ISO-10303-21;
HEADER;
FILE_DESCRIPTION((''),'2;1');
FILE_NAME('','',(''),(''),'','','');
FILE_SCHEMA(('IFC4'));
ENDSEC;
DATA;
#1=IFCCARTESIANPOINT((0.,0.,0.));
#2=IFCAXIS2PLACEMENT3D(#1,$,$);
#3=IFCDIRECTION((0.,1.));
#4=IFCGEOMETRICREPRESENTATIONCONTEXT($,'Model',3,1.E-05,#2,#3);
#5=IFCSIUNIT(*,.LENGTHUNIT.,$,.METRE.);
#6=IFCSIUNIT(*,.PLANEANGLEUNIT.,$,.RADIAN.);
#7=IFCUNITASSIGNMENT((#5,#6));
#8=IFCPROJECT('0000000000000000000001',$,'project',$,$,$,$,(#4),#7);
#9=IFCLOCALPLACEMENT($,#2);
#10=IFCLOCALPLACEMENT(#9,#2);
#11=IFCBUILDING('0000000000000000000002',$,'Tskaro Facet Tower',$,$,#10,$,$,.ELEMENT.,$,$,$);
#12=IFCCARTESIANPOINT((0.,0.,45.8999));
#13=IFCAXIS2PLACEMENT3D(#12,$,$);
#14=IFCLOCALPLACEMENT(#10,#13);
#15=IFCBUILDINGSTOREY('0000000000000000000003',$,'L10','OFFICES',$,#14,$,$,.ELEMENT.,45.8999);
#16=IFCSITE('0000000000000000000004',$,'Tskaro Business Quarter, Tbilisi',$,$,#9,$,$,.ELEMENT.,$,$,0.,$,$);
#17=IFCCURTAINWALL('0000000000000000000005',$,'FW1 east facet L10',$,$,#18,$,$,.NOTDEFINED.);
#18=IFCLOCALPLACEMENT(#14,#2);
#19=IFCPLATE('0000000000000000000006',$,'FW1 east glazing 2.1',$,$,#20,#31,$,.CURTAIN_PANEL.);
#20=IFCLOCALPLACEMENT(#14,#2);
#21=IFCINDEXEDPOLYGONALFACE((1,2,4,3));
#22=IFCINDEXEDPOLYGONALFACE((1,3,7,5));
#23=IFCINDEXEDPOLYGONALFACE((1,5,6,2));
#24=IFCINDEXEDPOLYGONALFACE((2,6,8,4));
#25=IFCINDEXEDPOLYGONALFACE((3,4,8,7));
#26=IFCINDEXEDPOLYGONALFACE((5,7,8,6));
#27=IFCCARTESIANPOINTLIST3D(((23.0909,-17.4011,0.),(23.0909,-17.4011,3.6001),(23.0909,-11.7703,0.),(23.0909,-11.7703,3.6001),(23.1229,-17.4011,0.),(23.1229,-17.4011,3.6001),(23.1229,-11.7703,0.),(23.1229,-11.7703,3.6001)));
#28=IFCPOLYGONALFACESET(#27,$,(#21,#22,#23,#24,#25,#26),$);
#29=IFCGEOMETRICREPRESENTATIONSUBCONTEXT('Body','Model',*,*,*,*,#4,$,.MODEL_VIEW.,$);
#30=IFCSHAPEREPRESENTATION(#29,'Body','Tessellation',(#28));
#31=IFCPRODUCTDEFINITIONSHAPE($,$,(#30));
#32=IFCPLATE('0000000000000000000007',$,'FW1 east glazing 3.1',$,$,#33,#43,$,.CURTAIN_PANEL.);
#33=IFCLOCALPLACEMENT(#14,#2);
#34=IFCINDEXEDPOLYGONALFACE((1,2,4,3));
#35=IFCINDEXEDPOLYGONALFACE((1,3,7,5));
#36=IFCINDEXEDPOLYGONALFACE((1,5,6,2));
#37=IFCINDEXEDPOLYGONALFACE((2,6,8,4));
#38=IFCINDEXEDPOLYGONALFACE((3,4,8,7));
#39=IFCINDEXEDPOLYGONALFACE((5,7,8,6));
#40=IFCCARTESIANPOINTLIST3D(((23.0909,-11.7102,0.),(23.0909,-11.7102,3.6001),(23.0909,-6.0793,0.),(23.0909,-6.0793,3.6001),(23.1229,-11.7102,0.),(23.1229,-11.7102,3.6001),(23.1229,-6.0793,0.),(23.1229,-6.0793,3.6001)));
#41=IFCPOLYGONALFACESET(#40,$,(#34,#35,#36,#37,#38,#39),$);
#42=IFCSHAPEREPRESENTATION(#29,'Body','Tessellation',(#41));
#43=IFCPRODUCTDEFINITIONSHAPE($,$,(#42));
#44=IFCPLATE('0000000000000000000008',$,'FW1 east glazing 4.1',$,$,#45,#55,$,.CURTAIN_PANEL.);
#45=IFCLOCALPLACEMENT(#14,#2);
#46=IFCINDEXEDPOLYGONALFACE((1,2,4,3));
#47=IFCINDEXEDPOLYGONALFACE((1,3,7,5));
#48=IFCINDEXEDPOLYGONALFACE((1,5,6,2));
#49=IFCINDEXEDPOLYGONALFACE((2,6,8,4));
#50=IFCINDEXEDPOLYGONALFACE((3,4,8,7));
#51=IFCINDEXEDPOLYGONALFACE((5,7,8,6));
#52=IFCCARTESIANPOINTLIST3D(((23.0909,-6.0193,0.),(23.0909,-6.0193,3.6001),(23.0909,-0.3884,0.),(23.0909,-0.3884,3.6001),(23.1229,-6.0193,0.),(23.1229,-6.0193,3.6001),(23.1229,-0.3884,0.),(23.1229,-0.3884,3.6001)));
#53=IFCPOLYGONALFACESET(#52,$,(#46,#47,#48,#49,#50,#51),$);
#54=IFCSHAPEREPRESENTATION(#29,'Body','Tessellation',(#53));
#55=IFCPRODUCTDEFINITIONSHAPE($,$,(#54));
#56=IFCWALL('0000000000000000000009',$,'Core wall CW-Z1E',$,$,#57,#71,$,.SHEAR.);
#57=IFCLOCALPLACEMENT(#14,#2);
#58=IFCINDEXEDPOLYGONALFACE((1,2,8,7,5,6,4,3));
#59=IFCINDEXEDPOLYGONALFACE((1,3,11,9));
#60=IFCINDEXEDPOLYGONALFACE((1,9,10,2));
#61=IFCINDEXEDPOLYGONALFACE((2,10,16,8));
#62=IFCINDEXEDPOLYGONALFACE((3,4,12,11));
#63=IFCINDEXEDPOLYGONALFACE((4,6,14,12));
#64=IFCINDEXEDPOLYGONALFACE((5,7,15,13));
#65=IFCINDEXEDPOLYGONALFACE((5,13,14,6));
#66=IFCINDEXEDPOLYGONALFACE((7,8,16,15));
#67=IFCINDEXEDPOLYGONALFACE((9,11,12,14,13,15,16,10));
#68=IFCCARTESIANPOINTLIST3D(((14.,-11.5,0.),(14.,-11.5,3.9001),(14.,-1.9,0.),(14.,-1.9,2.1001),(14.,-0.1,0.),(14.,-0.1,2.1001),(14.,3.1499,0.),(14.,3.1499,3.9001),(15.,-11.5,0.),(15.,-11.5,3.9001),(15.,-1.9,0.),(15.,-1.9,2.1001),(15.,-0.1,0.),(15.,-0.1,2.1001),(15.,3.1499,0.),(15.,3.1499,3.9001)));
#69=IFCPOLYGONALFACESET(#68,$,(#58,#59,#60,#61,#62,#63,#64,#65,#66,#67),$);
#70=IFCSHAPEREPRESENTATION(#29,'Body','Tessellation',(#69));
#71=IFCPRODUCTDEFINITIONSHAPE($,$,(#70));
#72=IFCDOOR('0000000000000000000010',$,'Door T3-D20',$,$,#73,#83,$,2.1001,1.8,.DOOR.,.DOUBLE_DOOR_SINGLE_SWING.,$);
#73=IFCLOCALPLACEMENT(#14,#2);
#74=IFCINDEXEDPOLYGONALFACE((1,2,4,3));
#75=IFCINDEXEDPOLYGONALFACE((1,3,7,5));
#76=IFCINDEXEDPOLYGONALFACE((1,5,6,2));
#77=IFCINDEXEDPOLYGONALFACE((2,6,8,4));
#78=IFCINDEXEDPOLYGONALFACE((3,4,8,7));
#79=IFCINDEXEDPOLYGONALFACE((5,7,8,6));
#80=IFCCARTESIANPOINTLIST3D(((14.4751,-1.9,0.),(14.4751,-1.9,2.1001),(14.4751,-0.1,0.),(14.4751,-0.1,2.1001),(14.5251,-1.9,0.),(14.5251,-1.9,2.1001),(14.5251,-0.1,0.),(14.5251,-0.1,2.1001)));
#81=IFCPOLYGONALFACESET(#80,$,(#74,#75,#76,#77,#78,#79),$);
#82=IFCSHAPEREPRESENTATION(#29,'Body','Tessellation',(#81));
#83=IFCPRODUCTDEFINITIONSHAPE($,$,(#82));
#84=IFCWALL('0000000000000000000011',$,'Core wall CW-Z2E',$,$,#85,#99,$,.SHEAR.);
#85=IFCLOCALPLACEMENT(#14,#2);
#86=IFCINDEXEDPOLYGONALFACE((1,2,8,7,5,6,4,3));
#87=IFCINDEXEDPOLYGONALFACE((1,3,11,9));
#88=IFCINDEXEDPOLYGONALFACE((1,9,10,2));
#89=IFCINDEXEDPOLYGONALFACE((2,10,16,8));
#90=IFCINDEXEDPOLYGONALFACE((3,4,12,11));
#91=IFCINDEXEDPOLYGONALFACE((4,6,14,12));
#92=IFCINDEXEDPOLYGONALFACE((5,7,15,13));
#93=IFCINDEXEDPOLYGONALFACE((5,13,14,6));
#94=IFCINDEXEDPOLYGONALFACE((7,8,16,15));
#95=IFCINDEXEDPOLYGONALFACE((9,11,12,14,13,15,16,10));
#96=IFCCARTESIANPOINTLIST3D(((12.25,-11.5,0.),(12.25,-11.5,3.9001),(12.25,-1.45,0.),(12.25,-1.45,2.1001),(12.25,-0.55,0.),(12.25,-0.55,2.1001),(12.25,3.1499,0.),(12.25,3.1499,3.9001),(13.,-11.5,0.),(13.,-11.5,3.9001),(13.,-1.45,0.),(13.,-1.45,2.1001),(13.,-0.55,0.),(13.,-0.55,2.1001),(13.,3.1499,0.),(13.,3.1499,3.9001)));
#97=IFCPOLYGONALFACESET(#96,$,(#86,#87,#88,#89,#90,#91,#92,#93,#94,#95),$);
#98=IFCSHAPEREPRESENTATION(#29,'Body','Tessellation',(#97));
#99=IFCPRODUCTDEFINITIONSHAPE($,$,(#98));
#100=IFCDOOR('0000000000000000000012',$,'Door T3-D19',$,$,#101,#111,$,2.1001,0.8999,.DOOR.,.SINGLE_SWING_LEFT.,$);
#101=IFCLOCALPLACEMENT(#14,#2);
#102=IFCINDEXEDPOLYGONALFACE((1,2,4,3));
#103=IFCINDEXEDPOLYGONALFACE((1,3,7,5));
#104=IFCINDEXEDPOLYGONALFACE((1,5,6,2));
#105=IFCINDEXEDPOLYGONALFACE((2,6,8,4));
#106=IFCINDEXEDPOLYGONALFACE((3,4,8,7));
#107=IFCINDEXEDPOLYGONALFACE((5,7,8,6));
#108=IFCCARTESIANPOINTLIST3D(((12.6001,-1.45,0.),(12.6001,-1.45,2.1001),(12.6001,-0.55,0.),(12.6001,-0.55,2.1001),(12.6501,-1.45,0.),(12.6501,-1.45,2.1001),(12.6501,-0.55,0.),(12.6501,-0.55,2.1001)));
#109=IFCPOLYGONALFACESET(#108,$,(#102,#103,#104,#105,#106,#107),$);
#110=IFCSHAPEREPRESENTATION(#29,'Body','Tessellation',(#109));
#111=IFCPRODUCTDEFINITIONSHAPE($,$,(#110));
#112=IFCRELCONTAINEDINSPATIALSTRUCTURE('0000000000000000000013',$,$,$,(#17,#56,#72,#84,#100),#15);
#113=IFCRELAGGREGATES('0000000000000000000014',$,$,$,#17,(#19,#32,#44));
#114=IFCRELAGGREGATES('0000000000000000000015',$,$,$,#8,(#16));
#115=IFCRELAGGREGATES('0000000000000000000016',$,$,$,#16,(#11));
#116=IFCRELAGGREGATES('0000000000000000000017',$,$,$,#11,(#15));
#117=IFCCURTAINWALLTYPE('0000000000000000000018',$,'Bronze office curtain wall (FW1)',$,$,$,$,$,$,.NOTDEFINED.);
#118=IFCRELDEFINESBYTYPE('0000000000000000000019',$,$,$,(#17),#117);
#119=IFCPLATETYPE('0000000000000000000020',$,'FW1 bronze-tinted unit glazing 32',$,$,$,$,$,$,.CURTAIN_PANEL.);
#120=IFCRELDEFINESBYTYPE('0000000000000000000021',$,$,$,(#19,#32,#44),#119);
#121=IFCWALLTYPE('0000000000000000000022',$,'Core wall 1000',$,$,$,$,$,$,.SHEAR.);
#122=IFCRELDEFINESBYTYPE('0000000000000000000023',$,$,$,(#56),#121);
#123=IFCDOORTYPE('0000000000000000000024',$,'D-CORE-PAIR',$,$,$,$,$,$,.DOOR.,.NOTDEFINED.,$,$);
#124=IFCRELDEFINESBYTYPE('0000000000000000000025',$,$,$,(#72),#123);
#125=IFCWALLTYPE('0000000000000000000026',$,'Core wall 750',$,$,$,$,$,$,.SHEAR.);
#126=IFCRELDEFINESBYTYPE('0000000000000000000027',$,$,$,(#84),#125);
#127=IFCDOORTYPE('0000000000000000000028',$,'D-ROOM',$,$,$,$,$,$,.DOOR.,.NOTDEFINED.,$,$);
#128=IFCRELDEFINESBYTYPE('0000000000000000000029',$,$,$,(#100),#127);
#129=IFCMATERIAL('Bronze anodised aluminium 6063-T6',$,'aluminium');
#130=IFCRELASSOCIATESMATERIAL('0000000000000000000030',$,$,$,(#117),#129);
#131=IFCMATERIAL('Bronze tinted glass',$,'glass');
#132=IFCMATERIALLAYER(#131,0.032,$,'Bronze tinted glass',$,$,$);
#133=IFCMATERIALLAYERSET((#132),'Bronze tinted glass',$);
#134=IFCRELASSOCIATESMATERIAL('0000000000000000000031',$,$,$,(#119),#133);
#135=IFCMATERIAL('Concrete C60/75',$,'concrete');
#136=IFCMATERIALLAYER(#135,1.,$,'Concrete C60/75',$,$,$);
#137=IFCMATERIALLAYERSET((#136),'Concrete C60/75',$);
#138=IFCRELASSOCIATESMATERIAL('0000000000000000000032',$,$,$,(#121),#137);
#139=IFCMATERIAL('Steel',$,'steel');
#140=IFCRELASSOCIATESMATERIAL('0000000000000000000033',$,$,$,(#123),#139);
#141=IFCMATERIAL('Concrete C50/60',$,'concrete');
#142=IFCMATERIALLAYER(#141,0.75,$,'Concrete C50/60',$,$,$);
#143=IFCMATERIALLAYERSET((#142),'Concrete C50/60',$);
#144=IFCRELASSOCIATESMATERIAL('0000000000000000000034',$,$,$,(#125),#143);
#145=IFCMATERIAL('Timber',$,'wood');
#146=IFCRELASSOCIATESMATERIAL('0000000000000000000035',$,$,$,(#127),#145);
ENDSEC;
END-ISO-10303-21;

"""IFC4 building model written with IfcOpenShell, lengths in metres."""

from ifc_helpers import new_model, si_unit, direction, frame, frame_2d, origin, origin_2d, place, context, subcontext, project, spatial, rectangle, extrude, material, layer, layer_set, type_object, element, fill, aggregate, save


model = new_model("IFC4")

# Units and contexts
model_context = context("Model", 3, precision=1e-05, world=origin(), true_north=direction((0.0, 1.0)))
body_context = subcontext(model_context, "Body", "Model", "MODEL_VIEW")
ifc_project = project(units=[si_unit("LENGTHUNIT", "METRE"), si_unit("PLANEANGLEUNIT", "RADIAN")], contexts=[model_context])

# Site, building, storey
site_placement = place(None, origin())
site = spatial("IfcSite", under=ifc_project, at=site_placement, Name="Tskaro Business Quarter, Tbilisi", CompositionType="ELEMENT", RefElevation=0.0)
building_placement = place(site_placement, origin())
building = spatial("IfcBuilding", under=site, at=building_placement, Name="Tskaro Facet Tower", CompositionType="ELEMENT")
storey_placement = place(building_placement, frame((0.0, 0.0, 45.8999)))
storey = spatial("IfcBuildingStorey", under=building, at=storey_placement, Name="L10", Description="OFFICES", CompositionType="ELEMENT", Elevation=45.8999)

# Curtain wall
ifc_material_1 = material(Name="Bronze anodised aluminium 6063-T6", Category="aluminium")
curtain_wall_type = type_object("IfcCurtainWallType", Name="Bronze office curtain wall (FW1)", PredefinedType="NOTDEFINED", material=ifc_material_1)
curtain_wall_placement = place(storey_placement, origin())
curtain_wall = element("IfcCurtainWall", 1, at=curtain_wall_placement, inside=storey, type_object=curtain_wall_type, Name="FW1 east facet L10", PredefinedType="NOTDEFINED")

# Plates
ifc_material_2 = material(Name="Bronze tinted glass", Category="glass")
ifc_layer_1 = layer(ifc_material_2, 0.032, Name="Bronze tinted glass")
ifc_layer_set_1 = layer_set([ifc_layer_1], Name="Bronze tinted glass")
plate_type = type_object("IfcPlateType", Name="FW1 bronze-tinted unit glazing 32", PredefinedType="CURTAIN_PANEL", material=ifc_layer_set_1)
plate_1_placement = place(storey_placement, frame((23.1069, -14.5857, 0.0), z_axis=(0.0, 0.0, 1.0), x_axis=(0.0, 1.0, 0.0)))
plate_1 = element("IfcPlate", 2, at=plate_1_placement, type_object=plate_type, Name="FW1 east glazing 2.1", PredefinedType="CURTAIN_PANEL", context=body_context, shape_type="SweptSolid", body=[
    extrude(rectangle(XDim=5.6309, YDim=0.032, at=origin_2d()), origin(), (0.0, 0.0, 1.0), 3.6001),
])
plate_2_placement = place(storey_placement, frame((23.1069, -8.8948, 0.0), z_axis=(0.0, 0.0, 1.0), x_axis=(0.0, 1.0, 0.0)))
plate_2 = element("IfcPlate", 3, at=plate_2_placement, type_object=plate_type, Name="FW1 east glazing 3.1", PredefinedType="CURTAIN_PANEL", context=body_context, shape_type="SweptSolid", body=[
    extrude(rectangle(XDim=5.6309, YDim=0.032, at=origin_2d()), origin(), (0.0, 0.0, 1.0), 3.6001),
])
plate_3_placement = place(storey_placement, frame((23.1069, -3.2039, 0.0), z_axis=(0.0, 0.0, 1.0), x_axis=(0.0, 1.0, 0.0)))
plate_3 = element("IfcPlate", 4, at=plate_3_placement, type_object=plate_type, Name="FW1 east glazing 4.1", PredefinedType="CURTAIN_PANEL", context=body_context, shape_type="SweptSolid", body=[
    extrude(rectangle(XDim=5.6309, YDim=0.032, at=origin_2d()), origin(), (0.0, 0.0, 1.0), 3.6001),
])
aggregate(curtain_wall, [plate_1, plate_2, plate_3])

# Walls, openings, doors
ifc_material_3 = material(Name="Concrete C60/75", Category="concrete")
ifc_layer_2 = layer(ifc_material_3, 1.0, Name="Concrete C60/75")
ifc_layer_set_2 = layer_set([ifc_layer_2], Name="Concrete C60/75")
wall_type_1 = type_object("IfcWallType", Name="Core wall 1000", PredefinedType="SHEAR", material=ifc_layer_set_2)
wall_1_placement = place(storey_placement, frame((14.5, -11.5, 0.0), z_axis=(0.0, 0.0, 1.0), x_axis=(0.0, 1.0, 0.0)))
wall_1 = element("IfcWall", 5, at=wall_1_placement, inside=storey, type_object=wall_type_1, Name="Core wall CW-Z1E", PredefinedType="SHEAR", context=body_context, shape_type="SweptSolid", body=[
    extrude(rectangle(XDim=14.6499, YDim=1.0, at=frame_2d((7.325, 0.0))), origin(), (0.0, 0.0, 1.0), 3.9001),
])
opening_1_placement = place(wall_1_placement, frame((9.6001, 0.0, 0.0)))
opening_1 = element("IfcOpeningElement", 6, at=opening_1_placement, cuts=wall_1, PredefinedType="OPENING", context=body_context, shape_type="SweptSolid", body=[
    extrude(rectangle(XDim=1.8, YDim=2.1001, at=frame_2d((0.8999, 1.05))), frame((0.0, 0.51, 0.0), z_axis=(0.0, -1.0, 0.0), x_axis=(1.0, 0.0, 0.0)), (0.0, 0.0, 1.0), 1.02),
])
ifc_material_4 = material(Name="Steel", Category="steel")
door_type_1 = type_object("IfcDoorType", Name="D-CORE-PAIR", OperationType="NOTDEFINED", PredefinedType="DOOR", material=ifc_material_4)
door_1_placement = place(opening_1_placement, origin())
door_1 = element("IfcDoor", 7, at=door_1_placement, inside=storey, type_object=door_type_1, Name="Door T3-D20", OperationType="DOUBLE_DOOR_SINGLE_SWING", OverallHeight=2.1001, OverallWidth=1.8, PredefinedType="DOOR", context=body_context, shape_type="SweptSolid", body=[
    extrude(rectangle(XDim=1.8, YDim=2.1001, at=frame_2d((0.8999, 1.05))), frame((0.0, 0.0249, 0.0), z_axis=(0.0, -1.0, 0.0), x_axis=(1.0, 0.0, 0.0)), (0.0, 0.0, 1.0), 0.05),
])
fill(opening_1, door_1)
ifc_material_5 = material(Name="Concrete C50/60", Category="concrete")
ifc_layer_3 = layer(ifc_material_5, 0.75, Name="Concrete C50/60")
ifc_layer_set_3 = layer_set([ifc_layer_3], Name="Concrete C50/60")
wall_type_2 = type_object("IfcWallType", Name="Core wall 750", PredefinedType="SHEAR", material=ifc_layer_set_3)
wall_2_placement = place(storey_placement, frame((12.625, -11.5, 0.0), z_axis=(0.0, 0.0, 1.0), x_axis=(0.0, 1.0, 0.0)))
wall_2 = element("IfcWall", 8, at=wall_2_placement, inside=storey, type_object=wall_type_2, Name="Core wall CW-Z2E", PredefinedType="SHEAR", context=body_context, shape_type="SweptSolid", body=[
    extrude(rectangle(XDim=14.6499, YDim=0.75, at=frame_2d((7.325, 0.0))), origin(), (0.0, 0.0, 1.0), 3.9001),
])
opening_2_placement = place(wall_2_placement, frame((10.05, 0.0, 0.0)))
opening_2 = element("IfcOpeningElement", 9, at=opening_2_placement, cuts=wall_2, PredefinedType="OPENING", context=body_context, shape_type="SweptSolid", body=[
    extrude(rectangle(XDim=0.8999, YDim=2.1001, at=frame_2d((0.45, 1.05))), frame((0.0, 0.385, 0.0), z_axis=(0.0, -1.0, 0.0), x_axis=(1.0, 0.0, 0.0)), (0.0, 0.0, 1.0), 0.77),
])
ifc_material_6 = material(Name="Timber", Category="wood")
door_type_2 = type_object("IfcDoorType", Name="D-ROOM", OperationType="NOTDEFINED", PredefinedType="DOOR", material=ifc_material_6)
door_2_placement = place(opening_2_placement, origin())
door_2 = element("IfcDoor", 10, at=door_2_placement, inside=storey, type_object=door_type_2, Name="Door T3-D19", OperationType="SINGLE_SWING_LEFT", OverallHeight=2.1001, OverallWidth=0.8999, PredefinedType="DOOR", context=body_context, shape_type="SweptSolid", body=[
    extrude(rectangle(XDim=0.8999, YDim=2.1001, at=frame_2d((0.45, 1.05))), frame((0.0, 0.0249, 0.0), z_axis=(0.0, -1.0, 0.0), x_axis=(1.0, 0.0, 0.0)), (0.0, 0.0, 1.0), 0.05),
])
fill(opening_2, door_2)

save(model, "model.ifc")
